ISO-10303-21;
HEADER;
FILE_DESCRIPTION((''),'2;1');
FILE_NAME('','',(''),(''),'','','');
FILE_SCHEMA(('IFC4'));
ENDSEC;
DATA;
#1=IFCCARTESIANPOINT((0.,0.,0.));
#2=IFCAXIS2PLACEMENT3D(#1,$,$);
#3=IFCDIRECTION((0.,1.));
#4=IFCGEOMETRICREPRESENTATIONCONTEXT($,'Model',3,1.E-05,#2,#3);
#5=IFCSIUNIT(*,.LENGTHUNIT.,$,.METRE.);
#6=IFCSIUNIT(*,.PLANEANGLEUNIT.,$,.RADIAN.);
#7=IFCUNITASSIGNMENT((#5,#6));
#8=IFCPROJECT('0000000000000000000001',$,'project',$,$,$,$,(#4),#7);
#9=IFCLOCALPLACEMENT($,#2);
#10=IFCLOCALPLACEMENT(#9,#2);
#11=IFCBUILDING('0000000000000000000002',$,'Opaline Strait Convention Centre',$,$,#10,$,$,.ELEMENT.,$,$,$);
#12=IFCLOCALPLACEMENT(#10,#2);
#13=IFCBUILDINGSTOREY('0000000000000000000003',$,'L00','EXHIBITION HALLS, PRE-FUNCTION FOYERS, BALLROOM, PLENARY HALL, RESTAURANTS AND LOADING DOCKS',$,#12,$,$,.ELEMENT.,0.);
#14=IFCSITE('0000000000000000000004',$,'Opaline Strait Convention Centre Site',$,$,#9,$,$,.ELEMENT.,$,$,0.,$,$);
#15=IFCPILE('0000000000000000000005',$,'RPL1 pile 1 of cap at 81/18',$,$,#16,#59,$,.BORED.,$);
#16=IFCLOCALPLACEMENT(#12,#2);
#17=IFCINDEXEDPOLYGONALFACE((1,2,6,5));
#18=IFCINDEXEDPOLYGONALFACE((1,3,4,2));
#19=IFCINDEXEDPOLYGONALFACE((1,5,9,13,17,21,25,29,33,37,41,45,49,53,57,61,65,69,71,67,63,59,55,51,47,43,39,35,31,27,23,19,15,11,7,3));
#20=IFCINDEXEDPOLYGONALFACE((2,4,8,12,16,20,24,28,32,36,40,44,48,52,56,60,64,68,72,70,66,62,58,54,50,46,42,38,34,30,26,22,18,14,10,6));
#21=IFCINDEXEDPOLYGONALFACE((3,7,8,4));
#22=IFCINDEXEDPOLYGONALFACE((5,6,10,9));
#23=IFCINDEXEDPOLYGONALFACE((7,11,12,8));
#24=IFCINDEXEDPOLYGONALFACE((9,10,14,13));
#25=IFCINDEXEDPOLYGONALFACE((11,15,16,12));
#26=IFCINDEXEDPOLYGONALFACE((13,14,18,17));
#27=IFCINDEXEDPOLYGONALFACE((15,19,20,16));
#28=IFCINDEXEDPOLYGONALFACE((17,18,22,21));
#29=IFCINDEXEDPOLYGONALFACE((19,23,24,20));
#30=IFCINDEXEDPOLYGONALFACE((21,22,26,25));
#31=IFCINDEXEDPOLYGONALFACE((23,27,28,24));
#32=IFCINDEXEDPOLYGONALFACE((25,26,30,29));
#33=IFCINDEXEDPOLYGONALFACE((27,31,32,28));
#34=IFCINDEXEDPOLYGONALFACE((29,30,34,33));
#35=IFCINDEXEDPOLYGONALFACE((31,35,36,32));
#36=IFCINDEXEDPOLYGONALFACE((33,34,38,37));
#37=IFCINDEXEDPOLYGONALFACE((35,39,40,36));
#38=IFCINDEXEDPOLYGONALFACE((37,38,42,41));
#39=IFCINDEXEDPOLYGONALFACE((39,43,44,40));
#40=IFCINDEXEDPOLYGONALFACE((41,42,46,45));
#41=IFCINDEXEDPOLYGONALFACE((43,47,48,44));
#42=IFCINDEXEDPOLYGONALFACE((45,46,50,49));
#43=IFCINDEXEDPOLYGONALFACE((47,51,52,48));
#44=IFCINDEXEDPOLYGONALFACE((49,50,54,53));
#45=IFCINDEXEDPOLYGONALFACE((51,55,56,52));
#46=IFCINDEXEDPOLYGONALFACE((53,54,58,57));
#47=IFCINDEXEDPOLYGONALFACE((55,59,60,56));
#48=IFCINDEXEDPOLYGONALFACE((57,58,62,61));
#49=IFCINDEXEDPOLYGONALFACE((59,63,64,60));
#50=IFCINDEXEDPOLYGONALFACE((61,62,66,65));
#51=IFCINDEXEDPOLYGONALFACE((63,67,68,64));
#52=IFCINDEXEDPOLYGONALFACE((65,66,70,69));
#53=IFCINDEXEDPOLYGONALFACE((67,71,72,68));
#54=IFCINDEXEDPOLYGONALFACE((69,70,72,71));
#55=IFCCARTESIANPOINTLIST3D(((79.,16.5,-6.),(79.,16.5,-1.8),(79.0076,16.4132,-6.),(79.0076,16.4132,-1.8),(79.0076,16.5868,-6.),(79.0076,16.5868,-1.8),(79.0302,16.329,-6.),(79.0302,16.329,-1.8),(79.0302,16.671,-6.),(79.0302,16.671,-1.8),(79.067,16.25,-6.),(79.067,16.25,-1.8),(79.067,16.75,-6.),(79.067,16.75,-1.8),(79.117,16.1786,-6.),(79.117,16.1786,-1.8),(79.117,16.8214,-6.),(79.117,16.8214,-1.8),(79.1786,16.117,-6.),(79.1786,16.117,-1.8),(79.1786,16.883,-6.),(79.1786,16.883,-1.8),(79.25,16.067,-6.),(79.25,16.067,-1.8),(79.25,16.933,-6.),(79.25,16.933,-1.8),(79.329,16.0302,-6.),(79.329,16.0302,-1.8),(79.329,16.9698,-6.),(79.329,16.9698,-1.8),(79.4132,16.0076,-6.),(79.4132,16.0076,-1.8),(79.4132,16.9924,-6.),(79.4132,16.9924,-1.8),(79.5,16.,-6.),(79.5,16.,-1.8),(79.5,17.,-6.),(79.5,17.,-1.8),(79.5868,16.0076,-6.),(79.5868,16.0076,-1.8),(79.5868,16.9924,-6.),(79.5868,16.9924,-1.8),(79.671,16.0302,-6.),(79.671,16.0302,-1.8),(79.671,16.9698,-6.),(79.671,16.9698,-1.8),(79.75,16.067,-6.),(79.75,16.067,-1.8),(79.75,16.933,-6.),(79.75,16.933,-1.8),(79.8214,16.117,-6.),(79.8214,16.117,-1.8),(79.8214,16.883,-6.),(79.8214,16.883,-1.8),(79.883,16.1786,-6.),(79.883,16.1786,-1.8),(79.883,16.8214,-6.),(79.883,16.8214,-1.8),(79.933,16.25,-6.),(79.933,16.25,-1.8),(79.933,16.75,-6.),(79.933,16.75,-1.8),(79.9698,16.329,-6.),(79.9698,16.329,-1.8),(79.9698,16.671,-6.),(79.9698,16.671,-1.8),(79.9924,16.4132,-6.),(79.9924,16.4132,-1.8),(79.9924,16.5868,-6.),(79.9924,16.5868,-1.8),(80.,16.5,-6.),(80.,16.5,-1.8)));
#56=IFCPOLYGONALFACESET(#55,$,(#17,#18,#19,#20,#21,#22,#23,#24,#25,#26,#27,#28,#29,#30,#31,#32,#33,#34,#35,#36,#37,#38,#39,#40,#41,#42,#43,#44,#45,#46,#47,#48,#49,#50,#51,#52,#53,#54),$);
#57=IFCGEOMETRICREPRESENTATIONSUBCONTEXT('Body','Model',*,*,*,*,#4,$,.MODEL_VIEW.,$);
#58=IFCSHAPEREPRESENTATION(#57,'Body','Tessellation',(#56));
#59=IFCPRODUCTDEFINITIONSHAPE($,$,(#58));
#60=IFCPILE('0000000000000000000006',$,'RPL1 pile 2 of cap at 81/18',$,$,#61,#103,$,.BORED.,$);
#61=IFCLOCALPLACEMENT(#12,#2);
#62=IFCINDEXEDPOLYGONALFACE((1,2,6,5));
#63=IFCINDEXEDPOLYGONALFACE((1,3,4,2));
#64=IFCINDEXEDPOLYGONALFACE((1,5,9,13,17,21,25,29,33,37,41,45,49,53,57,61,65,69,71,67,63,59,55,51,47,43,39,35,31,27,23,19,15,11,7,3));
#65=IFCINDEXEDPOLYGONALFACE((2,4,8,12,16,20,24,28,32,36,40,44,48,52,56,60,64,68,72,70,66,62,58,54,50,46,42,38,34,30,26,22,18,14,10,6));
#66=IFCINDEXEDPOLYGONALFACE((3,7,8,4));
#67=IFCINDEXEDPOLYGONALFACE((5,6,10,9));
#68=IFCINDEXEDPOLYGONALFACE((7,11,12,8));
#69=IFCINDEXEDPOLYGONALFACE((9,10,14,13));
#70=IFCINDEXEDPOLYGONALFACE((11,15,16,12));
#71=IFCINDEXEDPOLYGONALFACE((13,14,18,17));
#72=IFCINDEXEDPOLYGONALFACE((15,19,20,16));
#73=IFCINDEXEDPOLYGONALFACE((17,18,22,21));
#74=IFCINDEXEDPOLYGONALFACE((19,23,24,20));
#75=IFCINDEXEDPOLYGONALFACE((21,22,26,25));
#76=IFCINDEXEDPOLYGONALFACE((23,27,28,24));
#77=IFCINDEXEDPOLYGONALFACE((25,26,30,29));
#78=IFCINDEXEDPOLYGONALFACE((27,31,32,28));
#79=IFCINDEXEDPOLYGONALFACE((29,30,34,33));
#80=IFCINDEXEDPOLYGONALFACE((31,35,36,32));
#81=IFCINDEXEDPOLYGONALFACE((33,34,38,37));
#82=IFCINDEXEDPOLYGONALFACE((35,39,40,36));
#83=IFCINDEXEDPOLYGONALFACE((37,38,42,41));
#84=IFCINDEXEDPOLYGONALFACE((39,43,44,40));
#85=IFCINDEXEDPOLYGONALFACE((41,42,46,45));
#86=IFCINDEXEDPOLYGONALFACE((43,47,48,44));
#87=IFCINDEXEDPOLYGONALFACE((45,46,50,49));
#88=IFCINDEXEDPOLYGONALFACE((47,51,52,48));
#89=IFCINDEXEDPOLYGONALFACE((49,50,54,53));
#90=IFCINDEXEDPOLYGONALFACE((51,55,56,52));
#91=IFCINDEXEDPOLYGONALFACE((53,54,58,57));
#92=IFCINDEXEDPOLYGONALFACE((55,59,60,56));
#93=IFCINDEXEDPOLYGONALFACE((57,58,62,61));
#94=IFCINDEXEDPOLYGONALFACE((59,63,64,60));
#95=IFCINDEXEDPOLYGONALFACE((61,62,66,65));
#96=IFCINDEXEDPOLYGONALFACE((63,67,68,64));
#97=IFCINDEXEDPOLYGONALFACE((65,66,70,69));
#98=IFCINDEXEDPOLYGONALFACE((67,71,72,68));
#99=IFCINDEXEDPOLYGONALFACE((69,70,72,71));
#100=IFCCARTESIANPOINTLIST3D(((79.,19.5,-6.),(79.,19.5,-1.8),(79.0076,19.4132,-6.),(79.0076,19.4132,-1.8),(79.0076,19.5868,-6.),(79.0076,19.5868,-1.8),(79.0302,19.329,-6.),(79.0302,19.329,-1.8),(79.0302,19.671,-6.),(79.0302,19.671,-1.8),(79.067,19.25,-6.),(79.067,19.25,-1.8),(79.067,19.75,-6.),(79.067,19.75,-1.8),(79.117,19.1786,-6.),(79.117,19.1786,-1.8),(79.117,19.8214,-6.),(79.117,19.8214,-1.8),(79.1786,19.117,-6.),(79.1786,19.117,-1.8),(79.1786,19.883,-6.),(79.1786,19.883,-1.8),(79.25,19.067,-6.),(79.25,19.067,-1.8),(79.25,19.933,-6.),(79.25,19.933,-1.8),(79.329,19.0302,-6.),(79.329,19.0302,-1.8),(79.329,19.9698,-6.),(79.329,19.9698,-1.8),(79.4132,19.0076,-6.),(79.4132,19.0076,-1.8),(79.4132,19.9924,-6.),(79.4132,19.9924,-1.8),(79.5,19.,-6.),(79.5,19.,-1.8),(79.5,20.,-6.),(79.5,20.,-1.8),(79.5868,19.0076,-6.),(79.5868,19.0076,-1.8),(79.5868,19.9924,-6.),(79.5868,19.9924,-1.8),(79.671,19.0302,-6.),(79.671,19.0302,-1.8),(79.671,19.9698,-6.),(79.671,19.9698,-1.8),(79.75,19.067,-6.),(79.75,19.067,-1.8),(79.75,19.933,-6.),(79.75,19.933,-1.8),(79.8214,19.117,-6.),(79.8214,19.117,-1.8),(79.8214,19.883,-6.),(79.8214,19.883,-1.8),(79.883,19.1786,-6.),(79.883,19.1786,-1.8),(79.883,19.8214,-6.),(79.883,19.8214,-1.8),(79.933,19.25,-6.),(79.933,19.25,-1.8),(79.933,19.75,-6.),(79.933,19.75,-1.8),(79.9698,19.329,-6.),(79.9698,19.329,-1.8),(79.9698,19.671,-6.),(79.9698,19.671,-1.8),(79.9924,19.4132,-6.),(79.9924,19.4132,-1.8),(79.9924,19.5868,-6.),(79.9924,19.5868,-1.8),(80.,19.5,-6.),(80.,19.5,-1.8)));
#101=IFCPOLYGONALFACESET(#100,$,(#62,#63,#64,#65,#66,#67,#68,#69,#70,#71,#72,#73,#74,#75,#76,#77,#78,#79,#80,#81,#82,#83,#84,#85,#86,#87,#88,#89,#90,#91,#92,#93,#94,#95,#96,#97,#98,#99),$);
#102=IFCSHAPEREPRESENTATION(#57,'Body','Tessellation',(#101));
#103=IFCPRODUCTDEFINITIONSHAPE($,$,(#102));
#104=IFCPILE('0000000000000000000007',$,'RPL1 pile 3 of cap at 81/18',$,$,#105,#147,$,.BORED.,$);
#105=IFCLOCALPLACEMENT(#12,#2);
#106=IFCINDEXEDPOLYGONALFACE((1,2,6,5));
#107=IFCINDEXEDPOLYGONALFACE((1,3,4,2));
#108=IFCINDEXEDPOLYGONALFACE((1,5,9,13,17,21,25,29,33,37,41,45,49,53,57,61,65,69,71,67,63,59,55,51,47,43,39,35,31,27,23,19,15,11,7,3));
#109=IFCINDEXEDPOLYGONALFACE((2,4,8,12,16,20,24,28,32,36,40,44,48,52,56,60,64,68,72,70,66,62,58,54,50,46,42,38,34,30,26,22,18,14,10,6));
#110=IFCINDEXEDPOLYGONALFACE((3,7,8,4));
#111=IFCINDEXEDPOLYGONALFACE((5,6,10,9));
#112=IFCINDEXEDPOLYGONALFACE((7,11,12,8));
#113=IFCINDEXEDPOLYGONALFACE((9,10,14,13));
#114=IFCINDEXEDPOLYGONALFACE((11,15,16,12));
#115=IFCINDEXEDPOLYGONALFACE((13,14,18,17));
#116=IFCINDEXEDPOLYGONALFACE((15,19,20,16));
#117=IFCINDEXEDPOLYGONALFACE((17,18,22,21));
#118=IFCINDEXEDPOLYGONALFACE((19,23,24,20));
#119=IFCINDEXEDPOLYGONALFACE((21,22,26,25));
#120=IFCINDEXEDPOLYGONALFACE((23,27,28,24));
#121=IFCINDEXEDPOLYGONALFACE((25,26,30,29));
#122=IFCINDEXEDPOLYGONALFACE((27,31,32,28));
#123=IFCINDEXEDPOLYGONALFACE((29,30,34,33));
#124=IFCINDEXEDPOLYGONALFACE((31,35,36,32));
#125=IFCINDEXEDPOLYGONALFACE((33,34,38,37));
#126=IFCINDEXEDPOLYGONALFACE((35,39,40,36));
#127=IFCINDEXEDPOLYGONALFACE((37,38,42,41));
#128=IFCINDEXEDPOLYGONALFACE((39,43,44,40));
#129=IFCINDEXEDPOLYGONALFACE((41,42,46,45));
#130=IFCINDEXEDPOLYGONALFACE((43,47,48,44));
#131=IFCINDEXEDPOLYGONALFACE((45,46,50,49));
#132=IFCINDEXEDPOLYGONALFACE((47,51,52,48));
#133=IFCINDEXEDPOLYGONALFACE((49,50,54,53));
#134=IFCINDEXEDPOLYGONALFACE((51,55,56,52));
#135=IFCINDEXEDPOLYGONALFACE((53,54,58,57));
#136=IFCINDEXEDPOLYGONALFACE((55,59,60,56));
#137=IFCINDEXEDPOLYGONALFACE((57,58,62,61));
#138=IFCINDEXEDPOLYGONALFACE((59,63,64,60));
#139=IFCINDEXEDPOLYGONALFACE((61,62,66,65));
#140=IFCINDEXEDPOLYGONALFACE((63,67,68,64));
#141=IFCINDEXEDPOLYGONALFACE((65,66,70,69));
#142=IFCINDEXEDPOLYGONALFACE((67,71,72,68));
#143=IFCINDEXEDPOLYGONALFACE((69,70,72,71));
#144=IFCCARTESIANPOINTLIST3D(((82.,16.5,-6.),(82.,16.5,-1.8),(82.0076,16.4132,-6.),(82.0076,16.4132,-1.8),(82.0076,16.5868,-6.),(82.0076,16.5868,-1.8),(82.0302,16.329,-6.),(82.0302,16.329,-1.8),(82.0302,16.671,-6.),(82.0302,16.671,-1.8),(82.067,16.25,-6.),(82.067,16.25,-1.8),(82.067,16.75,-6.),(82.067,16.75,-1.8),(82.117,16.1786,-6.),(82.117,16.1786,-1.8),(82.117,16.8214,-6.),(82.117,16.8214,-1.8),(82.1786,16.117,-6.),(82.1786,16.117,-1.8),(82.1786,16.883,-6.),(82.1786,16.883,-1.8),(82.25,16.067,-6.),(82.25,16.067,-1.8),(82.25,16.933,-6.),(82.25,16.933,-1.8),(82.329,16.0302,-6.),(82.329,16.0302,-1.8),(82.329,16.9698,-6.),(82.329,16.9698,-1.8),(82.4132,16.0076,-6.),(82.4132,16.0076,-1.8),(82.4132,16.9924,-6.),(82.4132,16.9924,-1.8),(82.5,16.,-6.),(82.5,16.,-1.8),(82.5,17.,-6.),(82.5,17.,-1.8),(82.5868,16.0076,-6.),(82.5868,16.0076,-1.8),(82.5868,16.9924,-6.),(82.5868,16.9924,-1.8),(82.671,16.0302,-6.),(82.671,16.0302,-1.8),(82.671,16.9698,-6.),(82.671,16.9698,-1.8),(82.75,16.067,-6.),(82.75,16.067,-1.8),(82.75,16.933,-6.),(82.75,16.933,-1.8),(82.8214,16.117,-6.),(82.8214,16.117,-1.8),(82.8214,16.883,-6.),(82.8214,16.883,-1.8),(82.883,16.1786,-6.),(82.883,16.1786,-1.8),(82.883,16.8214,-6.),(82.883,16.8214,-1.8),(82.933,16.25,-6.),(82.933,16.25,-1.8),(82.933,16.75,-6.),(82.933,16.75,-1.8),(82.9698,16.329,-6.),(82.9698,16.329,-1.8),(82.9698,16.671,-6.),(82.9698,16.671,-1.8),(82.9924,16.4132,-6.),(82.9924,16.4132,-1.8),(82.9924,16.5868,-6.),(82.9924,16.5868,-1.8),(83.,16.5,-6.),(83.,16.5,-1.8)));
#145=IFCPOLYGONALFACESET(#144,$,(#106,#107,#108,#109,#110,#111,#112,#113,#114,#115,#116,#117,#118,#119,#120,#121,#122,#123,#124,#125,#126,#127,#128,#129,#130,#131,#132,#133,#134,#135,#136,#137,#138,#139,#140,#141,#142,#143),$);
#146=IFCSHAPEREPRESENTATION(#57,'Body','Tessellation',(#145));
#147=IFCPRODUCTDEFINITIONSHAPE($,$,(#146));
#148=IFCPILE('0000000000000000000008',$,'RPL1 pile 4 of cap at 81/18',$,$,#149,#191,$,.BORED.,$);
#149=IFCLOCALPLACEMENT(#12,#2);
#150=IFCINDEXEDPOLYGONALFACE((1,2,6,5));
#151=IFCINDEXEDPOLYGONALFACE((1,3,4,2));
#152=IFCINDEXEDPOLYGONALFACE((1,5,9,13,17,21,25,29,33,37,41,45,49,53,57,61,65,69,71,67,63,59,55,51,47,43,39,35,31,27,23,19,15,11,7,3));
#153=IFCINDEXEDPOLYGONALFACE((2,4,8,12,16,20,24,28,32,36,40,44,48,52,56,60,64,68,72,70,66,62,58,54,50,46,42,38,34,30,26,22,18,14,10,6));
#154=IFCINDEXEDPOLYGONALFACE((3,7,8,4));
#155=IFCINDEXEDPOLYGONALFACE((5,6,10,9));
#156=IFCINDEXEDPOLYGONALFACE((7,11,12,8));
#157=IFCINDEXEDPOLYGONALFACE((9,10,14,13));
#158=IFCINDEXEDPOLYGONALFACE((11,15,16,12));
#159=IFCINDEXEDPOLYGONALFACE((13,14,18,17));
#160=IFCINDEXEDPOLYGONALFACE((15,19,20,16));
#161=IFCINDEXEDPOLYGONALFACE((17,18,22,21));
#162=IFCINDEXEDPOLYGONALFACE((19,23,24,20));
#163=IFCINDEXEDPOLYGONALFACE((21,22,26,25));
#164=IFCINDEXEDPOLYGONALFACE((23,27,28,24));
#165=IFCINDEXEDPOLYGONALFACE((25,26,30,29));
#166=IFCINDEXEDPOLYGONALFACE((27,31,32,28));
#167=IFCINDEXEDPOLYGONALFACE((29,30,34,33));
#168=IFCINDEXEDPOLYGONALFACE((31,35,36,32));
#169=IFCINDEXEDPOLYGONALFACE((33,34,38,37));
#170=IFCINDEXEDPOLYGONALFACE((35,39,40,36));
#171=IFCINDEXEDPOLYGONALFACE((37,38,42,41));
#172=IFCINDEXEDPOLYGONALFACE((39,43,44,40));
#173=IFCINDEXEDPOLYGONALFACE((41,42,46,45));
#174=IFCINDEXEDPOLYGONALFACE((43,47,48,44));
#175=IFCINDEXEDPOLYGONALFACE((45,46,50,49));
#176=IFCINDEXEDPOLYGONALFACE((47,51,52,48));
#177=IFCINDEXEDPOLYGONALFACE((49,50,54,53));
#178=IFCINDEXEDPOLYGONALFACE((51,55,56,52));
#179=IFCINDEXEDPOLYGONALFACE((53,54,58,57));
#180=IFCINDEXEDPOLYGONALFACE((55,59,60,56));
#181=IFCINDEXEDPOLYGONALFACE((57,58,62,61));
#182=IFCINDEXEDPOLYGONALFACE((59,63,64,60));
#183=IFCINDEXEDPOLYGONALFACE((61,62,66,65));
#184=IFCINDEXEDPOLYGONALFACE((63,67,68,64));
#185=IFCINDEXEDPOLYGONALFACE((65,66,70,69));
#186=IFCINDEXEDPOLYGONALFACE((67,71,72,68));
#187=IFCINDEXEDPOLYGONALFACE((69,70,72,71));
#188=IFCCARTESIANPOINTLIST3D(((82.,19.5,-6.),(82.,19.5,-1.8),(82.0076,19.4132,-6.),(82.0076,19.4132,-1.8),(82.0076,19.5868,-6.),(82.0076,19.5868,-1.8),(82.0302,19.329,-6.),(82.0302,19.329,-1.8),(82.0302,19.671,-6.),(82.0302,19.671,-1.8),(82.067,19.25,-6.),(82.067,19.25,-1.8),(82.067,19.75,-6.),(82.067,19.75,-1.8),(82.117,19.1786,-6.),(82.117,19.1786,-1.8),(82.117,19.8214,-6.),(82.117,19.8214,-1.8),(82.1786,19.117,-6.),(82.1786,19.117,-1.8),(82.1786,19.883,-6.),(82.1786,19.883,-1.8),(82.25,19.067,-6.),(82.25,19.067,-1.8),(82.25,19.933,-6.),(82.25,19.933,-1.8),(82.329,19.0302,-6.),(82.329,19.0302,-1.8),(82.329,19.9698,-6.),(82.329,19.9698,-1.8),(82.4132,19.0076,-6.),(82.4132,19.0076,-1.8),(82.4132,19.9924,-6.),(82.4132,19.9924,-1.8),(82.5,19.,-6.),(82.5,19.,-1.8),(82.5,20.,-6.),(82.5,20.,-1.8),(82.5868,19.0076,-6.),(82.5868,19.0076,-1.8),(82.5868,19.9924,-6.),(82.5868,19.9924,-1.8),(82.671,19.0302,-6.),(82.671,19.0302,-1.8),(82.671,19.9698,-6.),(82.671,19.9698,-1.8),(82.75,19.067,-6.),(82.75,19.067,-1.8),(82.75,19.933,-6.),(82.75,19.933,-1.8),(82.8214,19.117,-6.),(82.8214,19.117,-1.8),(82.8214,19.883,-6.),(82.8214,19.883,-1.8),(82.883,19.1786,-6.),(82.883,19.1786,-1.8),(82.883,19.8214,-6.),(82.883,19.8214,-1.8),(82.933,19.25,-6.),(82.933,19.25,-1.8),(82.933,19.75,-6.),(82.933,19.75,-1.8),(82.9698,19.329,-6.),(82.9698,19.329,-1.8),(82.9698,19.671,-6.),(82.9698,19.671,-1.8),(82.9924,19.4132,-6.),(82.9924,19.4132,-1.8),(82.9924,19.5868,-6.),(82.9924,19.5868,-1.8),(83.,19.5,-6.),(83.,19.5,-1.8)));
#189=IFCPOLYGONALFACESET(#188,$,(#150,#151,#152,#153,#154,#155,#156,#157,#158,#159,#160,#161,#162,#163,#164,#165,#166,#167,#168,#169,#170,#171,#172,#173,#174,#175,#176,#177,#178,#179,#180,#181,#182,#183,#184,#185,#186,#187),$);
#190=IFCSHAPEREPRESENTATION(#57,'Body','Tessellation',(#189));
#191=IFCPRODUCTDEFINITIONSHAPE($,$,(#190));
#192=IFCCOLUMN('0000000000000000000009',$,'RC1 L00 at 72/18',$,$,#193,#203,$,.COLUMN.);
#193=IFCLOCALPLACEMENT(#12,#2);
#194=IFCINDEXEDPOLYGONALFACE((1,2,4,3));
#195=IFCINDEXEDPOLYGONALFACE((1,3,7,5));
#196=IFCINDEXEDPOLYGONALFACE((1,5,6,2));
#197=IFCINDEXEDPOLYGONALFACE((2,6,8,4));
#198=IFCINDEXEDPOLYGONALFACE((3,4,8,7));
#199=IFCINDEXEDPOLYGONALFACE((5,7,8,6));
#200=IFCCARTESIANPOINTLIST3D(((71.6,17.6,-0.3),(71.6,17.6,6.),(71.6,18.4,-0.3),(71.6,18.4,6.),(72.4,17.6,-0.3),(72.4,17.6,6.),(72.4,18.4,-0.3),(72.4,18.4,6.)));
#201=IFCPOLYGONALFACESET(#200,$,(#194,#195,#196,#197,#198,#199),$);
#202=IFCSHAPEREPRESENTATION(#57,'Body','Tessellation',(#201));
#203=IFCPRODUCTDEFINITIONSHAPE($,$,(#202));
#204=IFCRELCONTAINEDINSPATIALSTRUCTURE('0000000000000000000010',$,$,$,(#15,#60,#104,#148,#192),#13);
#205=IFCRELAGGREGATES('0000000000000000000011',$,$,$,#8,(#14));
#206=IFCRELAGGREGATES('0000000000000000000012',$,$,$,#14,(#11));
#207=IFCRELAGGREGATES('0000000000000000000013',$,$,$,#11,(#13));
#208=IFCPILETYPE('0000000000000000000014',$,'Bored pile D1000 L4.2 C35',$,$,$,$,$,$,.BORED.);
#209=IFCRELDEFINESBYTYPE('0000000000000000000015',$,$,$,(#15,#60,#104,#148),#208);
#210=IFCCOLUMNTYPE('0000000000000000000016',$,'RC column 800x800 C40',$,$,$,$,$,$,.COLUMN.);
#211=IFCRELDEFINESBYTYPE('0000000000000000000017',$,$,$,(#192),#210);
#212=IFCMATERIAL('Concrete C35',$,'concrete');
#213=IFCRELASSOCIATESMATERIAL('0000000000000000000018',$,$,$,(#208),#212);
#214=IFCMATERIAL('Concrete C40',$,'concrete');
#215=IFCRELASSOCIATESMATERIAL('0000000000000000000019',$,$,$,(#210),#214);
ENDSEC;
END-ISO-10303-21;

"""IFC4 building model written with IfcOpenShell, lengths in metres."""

from ifc_helpers import new_model, si_unit, direction, frame, origin, origin_2d, place, context, subcontext, project, spatial, rectangle, circle, extrude, material, material_profile, profile_set, type_object, element, save


model = new_model("IFC4")

# Units and contexts
model_context = context("Model", 3, precision=1e-05, world=origin(), true_north=direction((0.0, 1.0)))
body_context = subcontext(model_context, "Body", "Model", "MODEL_VIEW")
ifc_project = project(units=[si_unit("LENGTHUNIT", "METRE"), si_unit("PLANEANGLEUNIT", "RADIAN")], contexts=[model_context])

# Site, building, storey
site_placement = place(None, origin())
site = spatial("IfcSite", under=ifc_project, at=site_placement, Name="Opaline Strait Convention Centre Site", CompositionType="ELEMENT", RefElevation=0.0)
building_placement = place(site_placement, origin())
building = spatial("IfcBuilding", under=site, at=building_placement, Name="Opaline Strait Convention Centre", CompositionType="ELEMENT")
storey_placement = place(building_placement, origin())
storey = spatial("IfcBuildingStorey", under=building, at=storey_placement, Name="L00", Description="EXHIBITION HALLS, PRE-FUNCTION FOYERS, BALLROOM, PLENARY HALL, RESTAURANTS AND LOADING DOCKS", CompositionType="ELEMENT", Elevation=0.0)

# Piles
ifc_material_1 = material(Name="Concrete C35", Category="concrete")
ifc_material_profile_1 = material_profile(ifc_material_1, circle(Radius=0.5, at=origin_2d()), Name="D1000")
ifc_profile_set_1 = profile_set([ifc_material_profile_1], Name="Concrete C35")
pile_type = type_object("IfcPileType", Name="Bored pile D1000 L4.2 C35", PredefinedType="BORED", material=ifc_profile_set_1)
for number, where, z_axis, x_axis, name in (
    (1, (79.5, 16.5, -1.8), (0.0, 0.0, -1.0), (1.0, 0.0, 0.0), "RPL1 pile 1 of cap at 81/18"),
    (2, (79.5, 19.5, -1.8), (0.0, 0.0, -1.0), (1.0, 0.0, 0.0), "RPL1 pile 2 of cap at 81/18"),
    (3, (82.5, 16.5, -1.8), (0.0, 0.0, -1.0), (1.0, 0.0, 0.0), "RPL1 pile 3 of cap at 81/18"),
    (4, (82.5, 19.5, -1.8), (0.0, 0.0, -1.0), (1.0, 0.0, 0.0), "RPL1 pile 4 of cap at 81/18"),
):
    element("IfcPile", number, at=place(storey_placement, frame(where, z_axis=z_axis, x_axis=x_axis)), inside=storey, type_object=pile_type, Name=name, PredefinedType="BORED", context=body_context, shape_type="SweptSolid", body=[
        extrude(circle(Radius=0.5, at=origin_2d()), origin(), (0.0, 0.0, 1.0), 4.2),
    ])

# Column
ifc_material_2 = material(Name="Concrete C40", Category="concrete")
ifc_material_profile_2 = material_profile(ifc_material_2, rectangle(XDim=0.8, YDim=0.8, at=origin_2d()), Name="RC 800x800")
ifc_profile_set_2 = profile_set([ifc_material_profile_2], Name="Concrete C40")
column_type = type_object("IfcColumnType", Name="RC column 800x800 C40", PredefinedType="COLUMN", material=ifc_profile_set_2)
for number, where, z_axis, x_axis, name in (
    (5, (72.0, 18.0, -0.3), (0.0, 0.0, 1.0), (1.0, 0.0, 0.0), "RC1 L00 at 72/18"),
):
    element("IfcColumn", number, at=place(storey_placement, frame(where, z_axis=z_axis, x_axis=x_axis)), inside=storey, type_object=column_type, Name=name, PredefinedType="COLUMN", context=body_context, shape_type="SweptSolid", body=[
        extrude(rectangle(XDim=0.8, YDim=0.8, at=origin_2d()), origin(), (0.0, 0.0, 1.0), 6.3),
    ])

save(model, "model.ifc")
